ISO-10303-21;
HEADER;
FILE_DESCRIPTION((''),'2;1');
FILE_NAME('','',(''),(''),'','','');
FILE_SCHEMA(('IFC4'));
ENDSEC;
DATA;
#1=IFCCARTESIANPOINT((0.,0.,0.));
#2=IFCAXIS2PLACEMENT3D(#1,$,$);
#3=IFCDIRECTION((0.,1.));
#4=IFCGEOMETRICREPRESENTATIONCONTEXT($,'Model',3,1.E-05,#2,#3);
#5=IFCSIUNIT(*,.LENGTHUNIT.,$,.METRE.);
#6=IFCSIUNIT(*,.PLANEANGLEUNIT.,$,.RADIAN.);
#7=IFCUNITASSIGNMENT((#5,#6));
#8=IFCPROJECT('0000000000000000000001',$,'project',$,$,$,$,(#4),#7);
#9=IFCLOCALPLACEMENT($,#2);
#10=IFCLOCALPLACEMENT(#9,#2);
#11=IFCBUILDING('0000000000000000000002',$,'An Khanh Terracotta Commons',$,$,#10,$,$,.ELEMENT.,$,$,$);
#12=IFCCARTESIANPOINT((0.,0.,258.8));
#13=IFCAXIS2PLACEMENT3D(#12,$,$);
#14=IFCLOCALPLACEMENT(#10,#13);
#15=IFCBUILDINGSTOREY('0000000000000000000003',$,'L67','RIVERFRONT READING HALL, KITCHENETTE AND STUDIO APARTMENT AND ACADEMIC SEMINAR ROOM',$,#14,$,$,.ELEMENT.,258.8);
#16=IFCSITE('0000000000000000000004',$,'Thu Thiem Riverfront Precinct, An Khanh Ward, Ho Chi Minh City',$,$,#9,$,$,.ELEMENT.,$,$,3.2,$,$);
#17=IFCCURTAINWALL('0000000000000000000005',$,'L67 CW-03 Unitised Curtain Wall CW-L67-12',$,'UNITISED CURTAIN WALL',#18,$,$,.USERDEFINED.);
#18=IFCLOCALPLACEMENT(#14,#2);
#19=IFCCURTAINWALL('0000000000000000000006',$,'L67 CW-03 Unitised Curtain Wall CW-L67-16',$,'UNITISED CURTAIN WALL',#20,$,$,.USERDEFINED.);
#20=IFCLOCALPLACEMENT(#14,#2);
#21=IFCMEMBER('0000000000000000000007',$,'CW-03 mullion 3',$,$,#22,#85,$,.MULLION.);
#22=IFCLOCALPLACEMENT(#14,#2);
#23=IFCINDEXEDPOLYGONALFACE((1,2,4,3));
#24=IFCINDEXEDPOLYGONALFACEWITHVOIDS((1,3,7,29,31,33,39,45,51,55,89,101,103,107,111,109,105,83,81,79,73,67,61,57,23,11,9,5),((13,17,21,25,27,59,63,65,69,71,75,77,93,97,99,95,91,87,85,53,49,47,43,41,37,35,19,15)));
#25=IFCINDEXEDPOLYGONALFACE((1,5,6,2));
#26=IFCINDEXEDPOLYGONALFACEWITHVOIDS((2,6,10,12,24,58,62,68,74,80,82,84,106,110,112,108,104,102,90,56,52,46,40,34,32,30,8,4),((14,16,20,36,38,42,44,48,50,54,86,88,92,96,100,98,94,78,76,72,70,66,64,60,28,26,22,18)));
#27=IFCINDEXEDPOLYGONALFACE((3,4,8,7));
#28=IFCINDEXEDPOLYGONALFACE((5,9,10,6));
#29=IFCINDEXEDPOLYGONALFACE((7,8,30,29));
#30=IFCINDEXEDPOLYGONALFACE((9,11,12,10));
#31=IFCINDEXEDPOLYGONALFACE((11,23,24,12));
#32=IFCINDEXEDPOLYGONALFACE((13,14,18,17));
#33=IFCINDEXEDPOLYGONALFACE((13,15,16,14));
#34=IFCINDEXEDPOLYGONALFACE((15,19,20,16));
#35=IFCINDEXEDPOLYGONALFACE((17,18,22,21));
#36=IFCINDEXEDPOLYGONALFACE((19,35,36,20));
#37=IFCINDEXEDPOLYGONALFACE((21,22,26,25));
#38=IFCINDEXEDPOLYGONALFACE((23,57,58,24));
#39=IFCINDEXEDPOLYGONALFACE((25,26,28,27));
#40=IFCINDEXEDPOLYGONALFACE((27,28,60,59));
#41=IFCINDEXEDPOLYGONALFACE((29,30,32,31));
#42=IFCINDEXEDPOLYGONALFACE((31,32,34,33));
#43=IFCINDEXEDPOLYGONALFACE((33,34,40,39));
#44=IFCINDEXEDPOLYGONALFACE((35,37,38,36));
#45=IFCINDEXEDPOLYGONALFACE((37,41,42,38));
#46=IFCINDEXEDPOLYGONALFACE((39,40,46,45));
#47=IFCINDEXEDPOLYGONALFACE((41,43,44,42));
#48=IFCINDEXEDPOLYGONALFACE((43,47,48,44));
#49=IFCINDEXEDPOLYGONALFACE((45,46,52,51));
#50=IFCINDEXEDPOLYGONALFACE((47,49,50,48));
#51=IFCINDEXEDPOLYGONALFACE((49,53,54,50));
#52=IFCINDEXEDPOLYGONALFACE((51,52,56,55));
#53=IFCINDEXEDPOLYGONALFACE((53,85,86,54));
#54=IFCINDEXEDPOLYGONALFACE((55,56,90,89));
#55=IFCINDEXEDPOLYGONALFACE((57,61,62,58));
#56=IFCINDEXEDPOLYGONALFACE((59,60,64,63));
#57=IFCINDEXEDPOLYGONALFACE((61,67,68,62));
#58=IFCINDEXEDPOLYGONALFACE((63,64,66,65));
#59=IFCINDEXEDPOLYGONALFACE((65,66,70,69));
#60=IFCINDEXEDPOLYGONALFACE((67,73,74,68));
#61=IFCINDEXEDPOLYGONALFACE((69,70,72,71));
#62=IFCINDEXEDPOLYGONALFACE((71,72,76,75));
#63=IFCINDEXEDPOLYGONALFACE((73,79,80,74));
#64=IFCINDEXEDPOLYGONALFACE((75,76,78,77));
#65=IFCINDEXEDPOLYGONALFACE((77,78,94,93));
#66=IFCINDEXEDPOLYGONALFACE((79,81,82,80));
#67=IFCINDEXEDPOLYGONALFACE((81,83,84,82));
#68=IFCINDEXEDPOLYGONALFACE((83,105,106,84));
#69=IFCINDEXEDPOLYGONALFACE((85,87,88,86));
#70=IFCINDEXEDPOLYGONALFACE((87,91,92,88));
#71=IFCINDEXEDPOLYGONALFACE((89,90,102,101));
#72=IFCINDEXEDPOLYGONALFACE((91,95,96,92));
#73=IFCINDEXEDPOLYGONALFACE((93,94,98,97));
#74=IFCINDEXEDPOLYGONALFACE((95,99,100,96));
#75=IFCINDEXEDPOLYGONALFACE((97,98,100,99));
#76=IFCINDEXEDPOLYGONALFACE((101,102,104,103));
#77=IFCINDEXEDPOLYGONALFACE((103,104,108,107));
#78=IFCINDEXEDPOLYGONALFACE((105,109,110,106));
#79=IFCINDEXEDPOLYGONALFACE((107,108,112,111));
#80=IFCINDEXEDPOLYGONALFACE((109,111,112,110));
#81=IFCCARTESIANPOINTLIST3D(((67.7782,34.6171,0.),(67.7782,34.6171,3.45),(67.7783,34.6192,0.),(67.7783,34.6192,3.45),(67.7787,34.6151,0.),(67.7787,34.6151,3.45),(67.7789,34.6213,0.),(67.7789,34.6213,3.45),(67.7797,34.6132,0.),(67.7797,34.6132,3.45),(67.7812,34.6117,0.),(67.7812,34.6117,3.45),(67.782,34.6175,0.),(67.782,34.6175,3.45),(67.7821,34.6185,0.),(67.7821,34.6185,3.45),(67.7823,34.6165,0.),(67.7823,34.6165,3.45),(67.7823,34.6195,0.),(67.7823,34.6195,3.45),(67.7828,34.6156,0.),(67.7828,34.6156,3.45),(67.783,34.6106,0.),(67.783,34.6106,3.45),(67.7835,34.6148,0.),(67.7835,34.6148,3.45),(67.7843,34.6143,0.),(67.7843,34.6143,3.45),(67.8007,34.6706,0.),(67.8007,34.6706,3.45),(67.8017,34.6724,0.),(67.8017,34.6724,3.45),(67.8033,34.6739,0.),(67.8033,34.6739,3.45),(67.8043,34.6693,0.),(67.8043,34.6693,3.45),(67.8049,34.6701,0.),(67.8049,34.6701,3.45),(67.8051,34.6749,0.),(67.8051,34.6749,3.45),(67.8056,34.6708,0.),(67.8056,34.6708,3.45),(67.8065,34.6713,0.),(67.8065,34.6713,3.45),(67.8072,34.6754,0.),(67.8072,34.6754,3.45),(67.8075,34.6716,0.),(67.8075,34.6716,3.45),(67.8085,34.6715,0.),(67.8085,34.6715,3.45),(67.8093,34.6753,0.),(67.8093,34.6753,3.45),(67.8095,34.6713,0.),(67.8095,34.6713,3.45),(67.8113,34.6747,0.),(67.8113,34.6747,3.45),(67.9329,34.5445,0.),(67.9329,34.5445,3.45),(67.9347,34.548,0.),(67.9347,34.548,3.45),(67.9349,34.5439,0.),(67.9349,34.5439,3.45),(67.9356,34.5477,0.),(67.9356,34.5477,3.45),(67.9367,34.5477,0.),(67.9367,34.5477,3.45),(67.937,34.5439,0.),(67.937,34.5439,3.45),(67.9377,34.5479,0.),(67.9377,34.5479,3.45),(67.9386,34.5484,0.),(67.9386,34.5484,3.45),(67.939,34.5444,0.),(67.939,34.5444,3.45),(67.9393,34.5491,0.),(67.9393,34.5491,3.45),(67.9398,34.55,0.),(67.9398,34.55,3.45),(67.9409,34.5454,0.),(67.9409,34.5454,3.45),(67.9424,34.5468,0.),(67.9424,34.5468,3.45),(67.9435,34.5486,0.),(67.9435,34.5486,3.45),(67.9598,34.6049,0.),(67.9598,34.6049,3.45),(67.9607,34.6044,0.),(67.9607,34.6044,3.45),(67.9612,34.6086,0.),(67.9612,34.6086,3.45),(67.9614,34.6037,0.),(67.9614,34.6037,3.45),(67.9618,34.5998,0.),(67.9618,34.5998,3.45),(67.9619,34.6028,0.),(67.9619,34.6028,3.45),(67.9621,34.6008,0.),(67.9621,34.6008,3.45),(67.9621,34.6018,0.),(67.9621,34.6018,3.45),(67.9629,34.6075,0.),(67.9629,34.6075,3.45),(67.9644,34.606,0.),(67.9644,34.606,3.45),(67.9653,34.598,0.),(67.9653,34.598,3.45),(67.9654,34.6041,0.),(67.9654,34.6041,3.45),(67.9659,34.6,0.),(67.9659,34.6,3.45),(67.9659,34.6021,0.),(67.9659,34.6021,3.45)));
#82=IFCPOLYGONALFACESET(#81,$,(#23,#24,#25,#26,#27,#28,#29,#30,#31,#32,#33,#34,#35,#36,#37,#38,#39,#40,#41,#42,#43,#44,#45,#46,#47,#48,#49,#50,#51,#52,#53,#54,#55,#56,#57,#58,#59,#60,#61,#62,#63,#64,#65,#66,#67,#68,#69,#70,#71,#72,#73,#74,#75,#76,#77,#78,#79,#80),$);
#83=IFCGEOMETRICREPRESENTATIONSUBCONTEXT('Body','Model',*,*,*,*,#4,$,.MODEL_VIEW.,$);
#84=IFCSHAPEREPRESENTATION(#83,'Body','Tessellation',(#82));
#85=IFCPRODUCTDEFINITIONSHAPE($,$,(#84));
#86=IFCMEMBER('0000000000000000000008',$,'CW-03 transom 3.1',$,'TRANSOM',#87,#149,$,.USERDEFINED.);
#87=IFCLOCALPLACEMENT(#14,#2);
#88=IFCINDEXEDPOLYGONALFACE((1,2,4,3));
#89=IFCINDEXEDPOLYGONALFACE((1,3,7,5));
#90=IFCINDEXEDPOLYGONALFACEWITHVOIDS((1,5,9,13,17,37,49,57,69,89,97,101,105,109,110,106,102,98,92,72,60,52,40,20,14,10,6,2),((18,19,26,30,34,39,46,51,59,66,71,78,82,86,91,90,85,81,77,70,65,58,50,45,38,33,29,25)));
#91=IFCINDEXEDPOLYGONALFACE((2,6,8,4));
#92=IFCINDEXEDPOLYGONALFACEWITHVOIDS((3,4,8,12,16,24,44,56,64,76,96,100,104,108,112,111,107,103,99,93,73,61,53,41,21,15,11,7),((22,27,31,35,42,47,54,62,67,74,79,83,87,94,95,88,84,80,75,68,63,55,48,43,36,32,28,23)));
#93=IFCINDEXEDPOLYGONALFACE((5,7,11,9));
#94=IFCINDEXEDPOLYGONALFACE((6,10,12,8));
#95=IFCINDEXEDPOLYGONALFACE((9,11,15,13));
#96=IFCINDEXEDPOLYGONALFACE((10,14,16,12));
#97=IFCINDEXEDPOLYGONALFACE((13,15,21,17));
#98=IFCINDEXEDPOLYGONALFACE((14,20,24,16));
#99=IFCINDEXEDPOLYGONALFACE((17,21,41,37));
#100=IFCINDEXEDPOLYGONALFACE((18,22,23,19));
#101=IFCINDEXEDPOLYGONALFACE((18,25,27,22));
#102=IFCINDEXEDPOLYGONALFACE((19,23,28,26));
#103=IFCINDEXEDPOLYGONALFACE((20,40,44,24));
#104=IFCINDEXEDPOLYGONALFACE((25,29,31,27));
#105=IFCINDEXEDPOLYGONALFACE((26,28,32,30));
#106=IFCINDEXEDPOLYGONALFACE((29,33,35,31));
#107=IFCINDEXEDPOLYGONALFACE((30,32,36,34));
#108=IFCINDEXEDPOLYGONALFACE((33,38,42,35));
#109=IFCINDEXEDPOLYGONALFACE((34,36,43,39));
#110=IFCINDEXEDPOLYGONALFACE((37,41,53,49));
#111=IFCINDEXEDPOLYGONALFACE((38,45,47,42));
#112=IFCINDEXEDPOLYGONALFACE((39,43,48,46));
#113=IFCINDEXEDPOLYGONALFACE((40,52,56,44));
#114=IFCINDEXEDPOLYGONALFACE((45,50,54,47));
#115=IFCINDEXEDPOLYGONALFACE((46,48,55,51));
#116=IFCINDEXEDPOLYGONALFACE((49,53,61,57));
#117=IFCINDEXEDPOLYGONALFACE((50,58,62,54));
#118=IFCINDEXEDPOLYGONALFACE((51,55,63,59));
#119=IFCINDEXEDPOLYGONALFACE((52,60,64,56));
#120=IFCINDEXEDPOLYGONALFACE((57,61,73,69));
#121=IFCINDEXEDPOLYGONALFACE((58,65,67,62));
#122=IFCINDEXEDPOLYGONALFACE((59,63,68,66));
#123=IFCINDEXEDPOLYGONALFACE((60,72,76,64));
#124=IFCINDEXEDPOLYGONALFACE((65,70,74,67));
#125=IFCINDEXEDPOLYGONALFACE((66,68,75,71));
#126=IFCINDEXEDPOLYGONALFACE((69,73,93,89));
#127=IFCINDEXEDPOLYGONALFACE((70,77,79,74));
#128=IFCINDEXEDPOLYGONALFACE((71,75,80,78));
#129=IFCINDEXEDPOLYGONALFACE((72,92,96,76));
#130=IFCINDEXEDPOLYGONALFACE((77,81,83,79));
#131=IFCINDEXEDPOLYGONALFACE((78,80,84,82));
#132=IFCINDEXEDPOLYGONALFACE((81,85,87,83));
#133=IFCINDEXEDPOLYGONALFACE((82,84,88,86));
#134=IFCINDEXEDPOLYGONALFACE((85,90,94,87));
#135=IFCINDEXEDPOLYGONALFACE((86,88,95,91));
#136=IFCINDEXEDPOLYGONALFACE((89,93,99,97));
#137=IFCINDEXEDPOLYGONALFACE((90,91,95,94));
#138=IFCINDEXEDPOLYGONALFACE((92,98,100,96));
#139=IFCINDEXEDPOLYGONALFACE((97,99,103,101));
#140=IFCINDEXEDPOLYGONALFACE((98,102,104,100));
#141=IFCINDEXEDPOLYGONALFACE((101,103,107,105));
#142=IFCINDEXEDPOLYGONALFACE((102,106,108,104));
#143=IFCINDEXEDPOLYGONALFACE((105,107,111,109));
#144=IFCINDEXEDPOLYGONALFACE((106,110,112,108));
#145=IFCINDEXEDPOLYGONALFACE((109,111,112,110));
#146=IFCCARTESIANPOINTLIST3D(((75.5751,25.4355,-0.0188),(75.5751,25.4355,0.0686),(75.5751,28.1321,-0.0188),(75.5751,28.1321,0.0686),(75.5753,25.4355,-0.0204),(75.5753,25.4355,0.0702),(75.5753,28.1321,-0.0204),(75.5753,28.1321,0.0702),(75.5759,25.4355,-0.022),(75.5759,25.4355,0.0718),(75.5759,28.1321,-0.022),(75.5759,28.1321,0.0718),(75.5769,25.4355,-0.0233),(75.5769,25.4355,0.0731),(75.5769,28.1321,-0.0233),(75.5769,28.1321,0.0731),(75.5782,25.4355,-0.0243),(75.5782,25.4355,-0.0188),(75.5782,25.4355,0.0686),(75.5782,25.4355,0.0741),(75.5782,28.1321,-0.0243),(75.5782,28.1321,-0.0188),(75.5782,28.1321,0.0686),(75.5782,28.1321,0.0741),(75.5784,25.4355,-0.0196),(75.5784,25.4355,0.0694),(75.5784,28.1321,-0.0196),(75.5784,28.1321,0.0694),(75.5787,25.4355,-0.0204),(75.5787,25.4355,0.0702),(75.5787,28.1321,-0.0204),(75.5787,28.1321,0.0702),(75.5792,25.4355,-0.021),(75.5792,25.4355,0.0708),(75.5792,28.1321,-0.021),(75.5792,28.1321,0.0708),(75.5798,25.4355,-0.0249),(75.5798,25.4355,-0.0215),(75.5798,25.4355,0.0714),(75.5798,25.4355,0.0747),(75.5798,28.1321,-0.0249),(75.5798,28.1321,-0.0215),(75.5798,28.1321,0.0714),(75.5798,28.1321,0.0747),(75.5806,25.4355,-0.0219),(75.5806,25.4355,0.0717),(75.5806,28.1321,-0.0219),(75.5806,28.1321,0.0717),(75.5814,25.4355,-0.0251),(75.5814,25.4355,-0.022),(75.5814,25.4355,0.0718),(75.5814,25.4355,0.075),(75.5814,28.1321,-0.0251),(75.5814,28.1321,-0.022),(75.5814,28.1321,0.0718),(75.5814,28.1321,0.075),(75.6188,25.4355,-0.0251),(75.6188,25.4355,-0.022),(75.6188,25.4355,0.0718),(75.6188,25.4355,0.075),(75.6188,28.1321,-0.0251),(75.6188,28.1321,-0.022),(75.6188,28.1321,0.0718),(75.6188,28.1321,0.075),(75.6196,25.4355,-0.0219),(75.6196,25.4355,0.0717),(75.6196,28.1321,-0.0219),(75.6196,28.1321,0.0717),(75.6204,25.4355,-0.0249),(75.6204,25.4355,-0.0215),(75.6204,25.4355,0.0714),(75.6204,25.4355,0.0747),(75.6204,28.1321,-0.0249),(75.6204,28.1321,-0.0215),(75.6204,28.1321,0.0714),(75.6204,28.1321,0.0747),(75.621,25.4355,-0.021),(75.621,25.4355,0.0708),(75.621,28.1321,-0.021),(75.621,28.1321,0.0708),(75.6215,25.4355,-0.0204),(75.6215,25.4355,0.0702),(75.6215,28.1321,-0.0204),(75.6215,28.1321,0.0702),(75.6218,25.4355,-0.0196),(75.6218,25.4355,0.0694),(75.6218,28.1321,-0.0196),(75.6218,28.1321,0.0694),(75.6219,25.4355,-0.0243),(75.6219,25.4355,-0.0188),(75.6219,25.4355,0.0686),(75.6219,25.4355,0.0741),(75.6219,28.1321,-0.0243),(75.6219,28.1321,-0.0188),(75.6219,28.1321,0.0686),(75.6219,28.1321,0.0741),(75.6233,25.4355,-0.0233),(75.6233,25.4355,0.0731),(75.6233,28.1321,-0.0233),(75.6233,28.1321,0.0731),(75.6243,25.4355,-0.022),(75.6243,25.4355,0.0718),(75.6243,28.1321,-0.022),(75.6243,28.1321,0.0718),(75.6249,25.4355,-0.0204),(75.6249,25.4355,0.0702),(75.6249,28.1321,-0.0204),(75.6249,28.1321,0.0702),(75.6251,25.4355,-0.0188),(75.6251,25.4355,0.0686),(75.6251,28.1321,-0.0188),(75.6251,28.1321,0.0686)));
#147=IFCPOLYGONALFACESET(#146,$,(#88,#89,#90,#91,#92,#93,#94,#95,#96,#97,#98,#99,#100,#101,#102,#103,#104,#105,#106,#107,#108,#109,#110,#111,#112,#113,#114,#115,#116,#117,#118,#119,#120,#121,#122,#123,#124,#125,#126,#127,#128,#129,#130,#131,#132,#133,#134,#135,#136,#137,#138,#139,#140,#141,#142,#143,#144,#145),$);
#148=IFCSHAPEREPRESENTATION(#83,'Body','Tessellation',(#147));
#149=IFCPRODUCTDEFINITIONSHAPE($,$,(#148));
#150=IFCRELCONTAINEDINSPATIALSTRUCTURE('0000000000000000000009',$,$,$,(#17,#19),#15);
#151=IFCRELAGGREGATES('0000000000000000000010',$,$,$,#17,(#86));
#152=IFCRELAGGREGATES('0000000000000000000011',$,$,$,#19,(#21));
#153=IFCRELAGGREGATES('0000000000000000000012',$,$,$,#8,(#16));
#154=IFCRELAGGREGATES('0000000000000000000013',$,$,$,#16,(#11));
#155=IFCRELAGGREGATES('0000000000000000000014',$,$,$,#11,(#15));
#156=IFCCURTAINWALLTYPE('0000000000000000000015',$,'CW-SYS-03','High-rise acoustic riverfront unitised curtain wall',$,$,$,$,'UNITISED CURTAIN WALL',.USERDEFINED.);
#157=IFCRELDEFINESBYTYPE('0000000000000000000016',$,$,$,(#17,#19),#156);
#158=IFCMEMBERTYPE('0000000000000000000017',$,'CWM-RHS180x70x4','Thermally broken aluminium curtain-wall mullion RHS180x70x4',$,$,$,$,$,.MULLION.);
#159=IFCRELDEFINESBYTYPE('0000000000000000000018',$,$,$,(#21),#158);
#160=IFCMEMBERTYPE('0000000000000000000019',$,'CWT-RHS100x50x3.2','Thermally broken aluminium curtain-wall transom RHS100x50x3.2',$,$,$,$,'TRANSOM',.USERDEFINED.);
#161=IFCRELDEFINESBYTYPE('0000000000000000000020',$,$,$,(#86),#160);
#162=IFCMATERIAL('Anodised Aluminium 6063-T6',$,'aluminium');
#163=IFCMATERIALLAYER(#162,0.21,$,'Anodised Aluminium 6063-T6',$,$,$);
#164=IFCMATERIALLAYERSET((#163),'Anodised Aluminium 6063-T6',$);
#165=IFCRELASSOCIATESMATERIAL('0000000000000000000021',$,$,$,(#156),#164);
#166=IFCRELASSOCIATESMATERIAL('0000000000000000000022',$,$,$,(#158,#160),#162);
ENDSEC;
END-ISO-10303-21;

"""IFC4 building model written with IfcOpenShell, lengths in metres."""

from ifc_helpers import new_model, si_unit, direction, frame, origin, origin_2d, place, context, subcontext, project, spatial, hollow_rectangle, extrude, material, layer, layer_set, material_profile, profile_set, type_object, element, aggregate, save


model = new_model("IFC4")

# Units and contexts
model_context = context("Model", 3, precision=1e-05, world=origin(), true_north=direction((0.0, 1.0)))
body_context = subcontext(model_context, "Body", "Model", "MODEL_VIEW")
ifc_project = project(units=[si_unit("LENGTHUNIT", "METRE"), si_unit("PLANEANGLEUNIT", "RADIAN")], contexts=[model_context])

# Site, building, storey
site_placement = place(None, origin())
site = spatial("IfcSite", under=ifc_project, at=site_placement, Name="Thu Thiem Riverfront Precinct, An Khanh Ward, Ho Chi Minh City", CompositionType="ELEMENT", RefElevation=3.2)
building_placement = place(site_placement, origin())
building = spatial("IfcBuilding", under=site, at=building_placement, Name="An Khanh Terracotta Commons", CompositionType="ELEMENT")
storey_placement = place(building_placement, frame((0.0, 0.0, 258.8)))
storey = spatial("IfcBuildingStorey", under=building, at=storey_placement, Name="L67", Description="RIVERFRONT READING HALL, KITCHENETTE AND STUDIO APARTMENT AND ACADEMIC SEMINAR ROOM", CompositionType="ELEMENT", Elevation=258.8)

# Curtain walls, member
ifc_material_1 = material(Name="Anodised Aluminium 6063-T6", Category="aluminium")
ifc_layer_1 = layer(ifc_material_1, 0.21, Name="Anodised Aluminium 6063-T6")
ifc_layer_set_1 = layer_set([ifc_layer_1], Name="Anodised Aluminium 6063-T6")
curtain_wall_type = type_object("IfcCurtainWallType", Name="CW-SYS-03", Description="High-rise acoustic riverfront unitised curtain wall", ElementType="UNITISED CURTAIN WALL", PredefinedType="USERDEFINED", material=ifc_layer_set_1)
curtain_wall_1_placement = place(storey_placement, origin())
curtain_wall_1 = element("IfcCurtainWall", 1, at=curtain_wall_1_placement, inside=storey, type_object=curtain_wall_type, Name="L67 CW-03 Unitised Curtain Wall CW-L67-12", ObjectType="UNITISED CURTAIN WALL", PredefinedType="USERDEFINED")
ifc_material_profile_1 = material_profile(ifc_material_1, hollow_rectangle(XDim=0.0701, YDim=0.1799, WallThickness=0.0039, InnerFilletRadius=0.0039, OuterFilletRadius=0.0081, at=origin_2d()), Name="RHS180x70x4")
ifc_profile_set_1 = profile_set([ifc_material_profile_1], Name="Anodised Aluminium 6063-T6")
member_type_1 = type_object("IfcMemberType", Name="CWM-RHS180x70x4", Description="Thermally broken aluminium curtain-wall mullion RHS180x70x4", PredefinedType="MULLION", material=ifc_profile_set_1)
curtain_wall_2_placement = place(storey_placement, origin())
curtain_wall_2 = element("IfcCurtainWall", 2, at=curtain_wall_2_placement, inside=storey, type_object=curtain_wall_type, Name="L67 CW-03 Unitised Curtain Wall CW-L67-16", ObjectType="UNITISED CURTAIN WALL", PredefinedType="USERDEFINED")
member_1_placement = place(storey_placement, frame((67.8721, 34.6096, 0.0), z_axis=(0.0, 0.0, 1.0), x_axis=(-0.403676, -0.914902, 0.0)))
member_1 = element("IfcMember", 3, at=member_1_placement, type_object=member_type_1, Name="CW-03 mullion 3", PredefinedType="MULLION", context=body_context, shape_type="SweptSolid", body=[
    extrude(hollow_rectangle(XDim=0.0701, YDim=0.1799, WallThickness=0.0039, InnerFilletRadius=0.0039, OuterFilletRadius=0.0081, at=origin_2d()), origin(), (0.0, 0.0, 1.0), 3.45),
])

# Member
ifc_material_profile_2 = material_profile(ifc_material_1, hollow_rectangle(XDim=0.05, YDim=0.1001, WallThickness=0.0032, InnerFilletRadius=0.0032, OuterFilletRadius=0.0063, at=origin_2d()), Name="RHS100x50x3.2")
ifc_profile_set_2 = profile_set([ifc_material_profile_2], Name="Anodised Aluminium 6063-T6")
member_type_2 = type_object("IfcMemberType", Name="CWT-RHS100x50x3.2", Description="Thermally broken aluminium curtain-wall transom RHS100x50x3.2", ElementType="TRANSOM", PredefinedType="USERDEFINED", material=ifc_profile_set_2)
member_2_placement = place(storey_placement, frame((75.6001, 25.4355, 0.0249), z_axis=(0.0, 1.0, 0.0), x_axis=(-1.0, 0.0, 0.0)))
member_2 = element("IfcMember", 4, at=member_2_placement, type_object=member_type_2, Name="CW-03 transom 3.1", ObjectType="TRANSOM", PredefinedType="USERDEFINED", context=body_context, shape_type="SweptSolid", body=[
    extrude(hollow_rectangle(XDim=0.05, YDim=0.1001, WallThickness=0.0032, InnerFilletRadius=0.0032, OuterFilletRadius=0.0063, at=origin_2d()), origin(), (0.0, 0.0, 1.0), 2.6965),
])

aggregate(curtain_wall_1, [member_2])
aggregate(curtain_wall_2, [member_1])

save(model, "model.ifc")
